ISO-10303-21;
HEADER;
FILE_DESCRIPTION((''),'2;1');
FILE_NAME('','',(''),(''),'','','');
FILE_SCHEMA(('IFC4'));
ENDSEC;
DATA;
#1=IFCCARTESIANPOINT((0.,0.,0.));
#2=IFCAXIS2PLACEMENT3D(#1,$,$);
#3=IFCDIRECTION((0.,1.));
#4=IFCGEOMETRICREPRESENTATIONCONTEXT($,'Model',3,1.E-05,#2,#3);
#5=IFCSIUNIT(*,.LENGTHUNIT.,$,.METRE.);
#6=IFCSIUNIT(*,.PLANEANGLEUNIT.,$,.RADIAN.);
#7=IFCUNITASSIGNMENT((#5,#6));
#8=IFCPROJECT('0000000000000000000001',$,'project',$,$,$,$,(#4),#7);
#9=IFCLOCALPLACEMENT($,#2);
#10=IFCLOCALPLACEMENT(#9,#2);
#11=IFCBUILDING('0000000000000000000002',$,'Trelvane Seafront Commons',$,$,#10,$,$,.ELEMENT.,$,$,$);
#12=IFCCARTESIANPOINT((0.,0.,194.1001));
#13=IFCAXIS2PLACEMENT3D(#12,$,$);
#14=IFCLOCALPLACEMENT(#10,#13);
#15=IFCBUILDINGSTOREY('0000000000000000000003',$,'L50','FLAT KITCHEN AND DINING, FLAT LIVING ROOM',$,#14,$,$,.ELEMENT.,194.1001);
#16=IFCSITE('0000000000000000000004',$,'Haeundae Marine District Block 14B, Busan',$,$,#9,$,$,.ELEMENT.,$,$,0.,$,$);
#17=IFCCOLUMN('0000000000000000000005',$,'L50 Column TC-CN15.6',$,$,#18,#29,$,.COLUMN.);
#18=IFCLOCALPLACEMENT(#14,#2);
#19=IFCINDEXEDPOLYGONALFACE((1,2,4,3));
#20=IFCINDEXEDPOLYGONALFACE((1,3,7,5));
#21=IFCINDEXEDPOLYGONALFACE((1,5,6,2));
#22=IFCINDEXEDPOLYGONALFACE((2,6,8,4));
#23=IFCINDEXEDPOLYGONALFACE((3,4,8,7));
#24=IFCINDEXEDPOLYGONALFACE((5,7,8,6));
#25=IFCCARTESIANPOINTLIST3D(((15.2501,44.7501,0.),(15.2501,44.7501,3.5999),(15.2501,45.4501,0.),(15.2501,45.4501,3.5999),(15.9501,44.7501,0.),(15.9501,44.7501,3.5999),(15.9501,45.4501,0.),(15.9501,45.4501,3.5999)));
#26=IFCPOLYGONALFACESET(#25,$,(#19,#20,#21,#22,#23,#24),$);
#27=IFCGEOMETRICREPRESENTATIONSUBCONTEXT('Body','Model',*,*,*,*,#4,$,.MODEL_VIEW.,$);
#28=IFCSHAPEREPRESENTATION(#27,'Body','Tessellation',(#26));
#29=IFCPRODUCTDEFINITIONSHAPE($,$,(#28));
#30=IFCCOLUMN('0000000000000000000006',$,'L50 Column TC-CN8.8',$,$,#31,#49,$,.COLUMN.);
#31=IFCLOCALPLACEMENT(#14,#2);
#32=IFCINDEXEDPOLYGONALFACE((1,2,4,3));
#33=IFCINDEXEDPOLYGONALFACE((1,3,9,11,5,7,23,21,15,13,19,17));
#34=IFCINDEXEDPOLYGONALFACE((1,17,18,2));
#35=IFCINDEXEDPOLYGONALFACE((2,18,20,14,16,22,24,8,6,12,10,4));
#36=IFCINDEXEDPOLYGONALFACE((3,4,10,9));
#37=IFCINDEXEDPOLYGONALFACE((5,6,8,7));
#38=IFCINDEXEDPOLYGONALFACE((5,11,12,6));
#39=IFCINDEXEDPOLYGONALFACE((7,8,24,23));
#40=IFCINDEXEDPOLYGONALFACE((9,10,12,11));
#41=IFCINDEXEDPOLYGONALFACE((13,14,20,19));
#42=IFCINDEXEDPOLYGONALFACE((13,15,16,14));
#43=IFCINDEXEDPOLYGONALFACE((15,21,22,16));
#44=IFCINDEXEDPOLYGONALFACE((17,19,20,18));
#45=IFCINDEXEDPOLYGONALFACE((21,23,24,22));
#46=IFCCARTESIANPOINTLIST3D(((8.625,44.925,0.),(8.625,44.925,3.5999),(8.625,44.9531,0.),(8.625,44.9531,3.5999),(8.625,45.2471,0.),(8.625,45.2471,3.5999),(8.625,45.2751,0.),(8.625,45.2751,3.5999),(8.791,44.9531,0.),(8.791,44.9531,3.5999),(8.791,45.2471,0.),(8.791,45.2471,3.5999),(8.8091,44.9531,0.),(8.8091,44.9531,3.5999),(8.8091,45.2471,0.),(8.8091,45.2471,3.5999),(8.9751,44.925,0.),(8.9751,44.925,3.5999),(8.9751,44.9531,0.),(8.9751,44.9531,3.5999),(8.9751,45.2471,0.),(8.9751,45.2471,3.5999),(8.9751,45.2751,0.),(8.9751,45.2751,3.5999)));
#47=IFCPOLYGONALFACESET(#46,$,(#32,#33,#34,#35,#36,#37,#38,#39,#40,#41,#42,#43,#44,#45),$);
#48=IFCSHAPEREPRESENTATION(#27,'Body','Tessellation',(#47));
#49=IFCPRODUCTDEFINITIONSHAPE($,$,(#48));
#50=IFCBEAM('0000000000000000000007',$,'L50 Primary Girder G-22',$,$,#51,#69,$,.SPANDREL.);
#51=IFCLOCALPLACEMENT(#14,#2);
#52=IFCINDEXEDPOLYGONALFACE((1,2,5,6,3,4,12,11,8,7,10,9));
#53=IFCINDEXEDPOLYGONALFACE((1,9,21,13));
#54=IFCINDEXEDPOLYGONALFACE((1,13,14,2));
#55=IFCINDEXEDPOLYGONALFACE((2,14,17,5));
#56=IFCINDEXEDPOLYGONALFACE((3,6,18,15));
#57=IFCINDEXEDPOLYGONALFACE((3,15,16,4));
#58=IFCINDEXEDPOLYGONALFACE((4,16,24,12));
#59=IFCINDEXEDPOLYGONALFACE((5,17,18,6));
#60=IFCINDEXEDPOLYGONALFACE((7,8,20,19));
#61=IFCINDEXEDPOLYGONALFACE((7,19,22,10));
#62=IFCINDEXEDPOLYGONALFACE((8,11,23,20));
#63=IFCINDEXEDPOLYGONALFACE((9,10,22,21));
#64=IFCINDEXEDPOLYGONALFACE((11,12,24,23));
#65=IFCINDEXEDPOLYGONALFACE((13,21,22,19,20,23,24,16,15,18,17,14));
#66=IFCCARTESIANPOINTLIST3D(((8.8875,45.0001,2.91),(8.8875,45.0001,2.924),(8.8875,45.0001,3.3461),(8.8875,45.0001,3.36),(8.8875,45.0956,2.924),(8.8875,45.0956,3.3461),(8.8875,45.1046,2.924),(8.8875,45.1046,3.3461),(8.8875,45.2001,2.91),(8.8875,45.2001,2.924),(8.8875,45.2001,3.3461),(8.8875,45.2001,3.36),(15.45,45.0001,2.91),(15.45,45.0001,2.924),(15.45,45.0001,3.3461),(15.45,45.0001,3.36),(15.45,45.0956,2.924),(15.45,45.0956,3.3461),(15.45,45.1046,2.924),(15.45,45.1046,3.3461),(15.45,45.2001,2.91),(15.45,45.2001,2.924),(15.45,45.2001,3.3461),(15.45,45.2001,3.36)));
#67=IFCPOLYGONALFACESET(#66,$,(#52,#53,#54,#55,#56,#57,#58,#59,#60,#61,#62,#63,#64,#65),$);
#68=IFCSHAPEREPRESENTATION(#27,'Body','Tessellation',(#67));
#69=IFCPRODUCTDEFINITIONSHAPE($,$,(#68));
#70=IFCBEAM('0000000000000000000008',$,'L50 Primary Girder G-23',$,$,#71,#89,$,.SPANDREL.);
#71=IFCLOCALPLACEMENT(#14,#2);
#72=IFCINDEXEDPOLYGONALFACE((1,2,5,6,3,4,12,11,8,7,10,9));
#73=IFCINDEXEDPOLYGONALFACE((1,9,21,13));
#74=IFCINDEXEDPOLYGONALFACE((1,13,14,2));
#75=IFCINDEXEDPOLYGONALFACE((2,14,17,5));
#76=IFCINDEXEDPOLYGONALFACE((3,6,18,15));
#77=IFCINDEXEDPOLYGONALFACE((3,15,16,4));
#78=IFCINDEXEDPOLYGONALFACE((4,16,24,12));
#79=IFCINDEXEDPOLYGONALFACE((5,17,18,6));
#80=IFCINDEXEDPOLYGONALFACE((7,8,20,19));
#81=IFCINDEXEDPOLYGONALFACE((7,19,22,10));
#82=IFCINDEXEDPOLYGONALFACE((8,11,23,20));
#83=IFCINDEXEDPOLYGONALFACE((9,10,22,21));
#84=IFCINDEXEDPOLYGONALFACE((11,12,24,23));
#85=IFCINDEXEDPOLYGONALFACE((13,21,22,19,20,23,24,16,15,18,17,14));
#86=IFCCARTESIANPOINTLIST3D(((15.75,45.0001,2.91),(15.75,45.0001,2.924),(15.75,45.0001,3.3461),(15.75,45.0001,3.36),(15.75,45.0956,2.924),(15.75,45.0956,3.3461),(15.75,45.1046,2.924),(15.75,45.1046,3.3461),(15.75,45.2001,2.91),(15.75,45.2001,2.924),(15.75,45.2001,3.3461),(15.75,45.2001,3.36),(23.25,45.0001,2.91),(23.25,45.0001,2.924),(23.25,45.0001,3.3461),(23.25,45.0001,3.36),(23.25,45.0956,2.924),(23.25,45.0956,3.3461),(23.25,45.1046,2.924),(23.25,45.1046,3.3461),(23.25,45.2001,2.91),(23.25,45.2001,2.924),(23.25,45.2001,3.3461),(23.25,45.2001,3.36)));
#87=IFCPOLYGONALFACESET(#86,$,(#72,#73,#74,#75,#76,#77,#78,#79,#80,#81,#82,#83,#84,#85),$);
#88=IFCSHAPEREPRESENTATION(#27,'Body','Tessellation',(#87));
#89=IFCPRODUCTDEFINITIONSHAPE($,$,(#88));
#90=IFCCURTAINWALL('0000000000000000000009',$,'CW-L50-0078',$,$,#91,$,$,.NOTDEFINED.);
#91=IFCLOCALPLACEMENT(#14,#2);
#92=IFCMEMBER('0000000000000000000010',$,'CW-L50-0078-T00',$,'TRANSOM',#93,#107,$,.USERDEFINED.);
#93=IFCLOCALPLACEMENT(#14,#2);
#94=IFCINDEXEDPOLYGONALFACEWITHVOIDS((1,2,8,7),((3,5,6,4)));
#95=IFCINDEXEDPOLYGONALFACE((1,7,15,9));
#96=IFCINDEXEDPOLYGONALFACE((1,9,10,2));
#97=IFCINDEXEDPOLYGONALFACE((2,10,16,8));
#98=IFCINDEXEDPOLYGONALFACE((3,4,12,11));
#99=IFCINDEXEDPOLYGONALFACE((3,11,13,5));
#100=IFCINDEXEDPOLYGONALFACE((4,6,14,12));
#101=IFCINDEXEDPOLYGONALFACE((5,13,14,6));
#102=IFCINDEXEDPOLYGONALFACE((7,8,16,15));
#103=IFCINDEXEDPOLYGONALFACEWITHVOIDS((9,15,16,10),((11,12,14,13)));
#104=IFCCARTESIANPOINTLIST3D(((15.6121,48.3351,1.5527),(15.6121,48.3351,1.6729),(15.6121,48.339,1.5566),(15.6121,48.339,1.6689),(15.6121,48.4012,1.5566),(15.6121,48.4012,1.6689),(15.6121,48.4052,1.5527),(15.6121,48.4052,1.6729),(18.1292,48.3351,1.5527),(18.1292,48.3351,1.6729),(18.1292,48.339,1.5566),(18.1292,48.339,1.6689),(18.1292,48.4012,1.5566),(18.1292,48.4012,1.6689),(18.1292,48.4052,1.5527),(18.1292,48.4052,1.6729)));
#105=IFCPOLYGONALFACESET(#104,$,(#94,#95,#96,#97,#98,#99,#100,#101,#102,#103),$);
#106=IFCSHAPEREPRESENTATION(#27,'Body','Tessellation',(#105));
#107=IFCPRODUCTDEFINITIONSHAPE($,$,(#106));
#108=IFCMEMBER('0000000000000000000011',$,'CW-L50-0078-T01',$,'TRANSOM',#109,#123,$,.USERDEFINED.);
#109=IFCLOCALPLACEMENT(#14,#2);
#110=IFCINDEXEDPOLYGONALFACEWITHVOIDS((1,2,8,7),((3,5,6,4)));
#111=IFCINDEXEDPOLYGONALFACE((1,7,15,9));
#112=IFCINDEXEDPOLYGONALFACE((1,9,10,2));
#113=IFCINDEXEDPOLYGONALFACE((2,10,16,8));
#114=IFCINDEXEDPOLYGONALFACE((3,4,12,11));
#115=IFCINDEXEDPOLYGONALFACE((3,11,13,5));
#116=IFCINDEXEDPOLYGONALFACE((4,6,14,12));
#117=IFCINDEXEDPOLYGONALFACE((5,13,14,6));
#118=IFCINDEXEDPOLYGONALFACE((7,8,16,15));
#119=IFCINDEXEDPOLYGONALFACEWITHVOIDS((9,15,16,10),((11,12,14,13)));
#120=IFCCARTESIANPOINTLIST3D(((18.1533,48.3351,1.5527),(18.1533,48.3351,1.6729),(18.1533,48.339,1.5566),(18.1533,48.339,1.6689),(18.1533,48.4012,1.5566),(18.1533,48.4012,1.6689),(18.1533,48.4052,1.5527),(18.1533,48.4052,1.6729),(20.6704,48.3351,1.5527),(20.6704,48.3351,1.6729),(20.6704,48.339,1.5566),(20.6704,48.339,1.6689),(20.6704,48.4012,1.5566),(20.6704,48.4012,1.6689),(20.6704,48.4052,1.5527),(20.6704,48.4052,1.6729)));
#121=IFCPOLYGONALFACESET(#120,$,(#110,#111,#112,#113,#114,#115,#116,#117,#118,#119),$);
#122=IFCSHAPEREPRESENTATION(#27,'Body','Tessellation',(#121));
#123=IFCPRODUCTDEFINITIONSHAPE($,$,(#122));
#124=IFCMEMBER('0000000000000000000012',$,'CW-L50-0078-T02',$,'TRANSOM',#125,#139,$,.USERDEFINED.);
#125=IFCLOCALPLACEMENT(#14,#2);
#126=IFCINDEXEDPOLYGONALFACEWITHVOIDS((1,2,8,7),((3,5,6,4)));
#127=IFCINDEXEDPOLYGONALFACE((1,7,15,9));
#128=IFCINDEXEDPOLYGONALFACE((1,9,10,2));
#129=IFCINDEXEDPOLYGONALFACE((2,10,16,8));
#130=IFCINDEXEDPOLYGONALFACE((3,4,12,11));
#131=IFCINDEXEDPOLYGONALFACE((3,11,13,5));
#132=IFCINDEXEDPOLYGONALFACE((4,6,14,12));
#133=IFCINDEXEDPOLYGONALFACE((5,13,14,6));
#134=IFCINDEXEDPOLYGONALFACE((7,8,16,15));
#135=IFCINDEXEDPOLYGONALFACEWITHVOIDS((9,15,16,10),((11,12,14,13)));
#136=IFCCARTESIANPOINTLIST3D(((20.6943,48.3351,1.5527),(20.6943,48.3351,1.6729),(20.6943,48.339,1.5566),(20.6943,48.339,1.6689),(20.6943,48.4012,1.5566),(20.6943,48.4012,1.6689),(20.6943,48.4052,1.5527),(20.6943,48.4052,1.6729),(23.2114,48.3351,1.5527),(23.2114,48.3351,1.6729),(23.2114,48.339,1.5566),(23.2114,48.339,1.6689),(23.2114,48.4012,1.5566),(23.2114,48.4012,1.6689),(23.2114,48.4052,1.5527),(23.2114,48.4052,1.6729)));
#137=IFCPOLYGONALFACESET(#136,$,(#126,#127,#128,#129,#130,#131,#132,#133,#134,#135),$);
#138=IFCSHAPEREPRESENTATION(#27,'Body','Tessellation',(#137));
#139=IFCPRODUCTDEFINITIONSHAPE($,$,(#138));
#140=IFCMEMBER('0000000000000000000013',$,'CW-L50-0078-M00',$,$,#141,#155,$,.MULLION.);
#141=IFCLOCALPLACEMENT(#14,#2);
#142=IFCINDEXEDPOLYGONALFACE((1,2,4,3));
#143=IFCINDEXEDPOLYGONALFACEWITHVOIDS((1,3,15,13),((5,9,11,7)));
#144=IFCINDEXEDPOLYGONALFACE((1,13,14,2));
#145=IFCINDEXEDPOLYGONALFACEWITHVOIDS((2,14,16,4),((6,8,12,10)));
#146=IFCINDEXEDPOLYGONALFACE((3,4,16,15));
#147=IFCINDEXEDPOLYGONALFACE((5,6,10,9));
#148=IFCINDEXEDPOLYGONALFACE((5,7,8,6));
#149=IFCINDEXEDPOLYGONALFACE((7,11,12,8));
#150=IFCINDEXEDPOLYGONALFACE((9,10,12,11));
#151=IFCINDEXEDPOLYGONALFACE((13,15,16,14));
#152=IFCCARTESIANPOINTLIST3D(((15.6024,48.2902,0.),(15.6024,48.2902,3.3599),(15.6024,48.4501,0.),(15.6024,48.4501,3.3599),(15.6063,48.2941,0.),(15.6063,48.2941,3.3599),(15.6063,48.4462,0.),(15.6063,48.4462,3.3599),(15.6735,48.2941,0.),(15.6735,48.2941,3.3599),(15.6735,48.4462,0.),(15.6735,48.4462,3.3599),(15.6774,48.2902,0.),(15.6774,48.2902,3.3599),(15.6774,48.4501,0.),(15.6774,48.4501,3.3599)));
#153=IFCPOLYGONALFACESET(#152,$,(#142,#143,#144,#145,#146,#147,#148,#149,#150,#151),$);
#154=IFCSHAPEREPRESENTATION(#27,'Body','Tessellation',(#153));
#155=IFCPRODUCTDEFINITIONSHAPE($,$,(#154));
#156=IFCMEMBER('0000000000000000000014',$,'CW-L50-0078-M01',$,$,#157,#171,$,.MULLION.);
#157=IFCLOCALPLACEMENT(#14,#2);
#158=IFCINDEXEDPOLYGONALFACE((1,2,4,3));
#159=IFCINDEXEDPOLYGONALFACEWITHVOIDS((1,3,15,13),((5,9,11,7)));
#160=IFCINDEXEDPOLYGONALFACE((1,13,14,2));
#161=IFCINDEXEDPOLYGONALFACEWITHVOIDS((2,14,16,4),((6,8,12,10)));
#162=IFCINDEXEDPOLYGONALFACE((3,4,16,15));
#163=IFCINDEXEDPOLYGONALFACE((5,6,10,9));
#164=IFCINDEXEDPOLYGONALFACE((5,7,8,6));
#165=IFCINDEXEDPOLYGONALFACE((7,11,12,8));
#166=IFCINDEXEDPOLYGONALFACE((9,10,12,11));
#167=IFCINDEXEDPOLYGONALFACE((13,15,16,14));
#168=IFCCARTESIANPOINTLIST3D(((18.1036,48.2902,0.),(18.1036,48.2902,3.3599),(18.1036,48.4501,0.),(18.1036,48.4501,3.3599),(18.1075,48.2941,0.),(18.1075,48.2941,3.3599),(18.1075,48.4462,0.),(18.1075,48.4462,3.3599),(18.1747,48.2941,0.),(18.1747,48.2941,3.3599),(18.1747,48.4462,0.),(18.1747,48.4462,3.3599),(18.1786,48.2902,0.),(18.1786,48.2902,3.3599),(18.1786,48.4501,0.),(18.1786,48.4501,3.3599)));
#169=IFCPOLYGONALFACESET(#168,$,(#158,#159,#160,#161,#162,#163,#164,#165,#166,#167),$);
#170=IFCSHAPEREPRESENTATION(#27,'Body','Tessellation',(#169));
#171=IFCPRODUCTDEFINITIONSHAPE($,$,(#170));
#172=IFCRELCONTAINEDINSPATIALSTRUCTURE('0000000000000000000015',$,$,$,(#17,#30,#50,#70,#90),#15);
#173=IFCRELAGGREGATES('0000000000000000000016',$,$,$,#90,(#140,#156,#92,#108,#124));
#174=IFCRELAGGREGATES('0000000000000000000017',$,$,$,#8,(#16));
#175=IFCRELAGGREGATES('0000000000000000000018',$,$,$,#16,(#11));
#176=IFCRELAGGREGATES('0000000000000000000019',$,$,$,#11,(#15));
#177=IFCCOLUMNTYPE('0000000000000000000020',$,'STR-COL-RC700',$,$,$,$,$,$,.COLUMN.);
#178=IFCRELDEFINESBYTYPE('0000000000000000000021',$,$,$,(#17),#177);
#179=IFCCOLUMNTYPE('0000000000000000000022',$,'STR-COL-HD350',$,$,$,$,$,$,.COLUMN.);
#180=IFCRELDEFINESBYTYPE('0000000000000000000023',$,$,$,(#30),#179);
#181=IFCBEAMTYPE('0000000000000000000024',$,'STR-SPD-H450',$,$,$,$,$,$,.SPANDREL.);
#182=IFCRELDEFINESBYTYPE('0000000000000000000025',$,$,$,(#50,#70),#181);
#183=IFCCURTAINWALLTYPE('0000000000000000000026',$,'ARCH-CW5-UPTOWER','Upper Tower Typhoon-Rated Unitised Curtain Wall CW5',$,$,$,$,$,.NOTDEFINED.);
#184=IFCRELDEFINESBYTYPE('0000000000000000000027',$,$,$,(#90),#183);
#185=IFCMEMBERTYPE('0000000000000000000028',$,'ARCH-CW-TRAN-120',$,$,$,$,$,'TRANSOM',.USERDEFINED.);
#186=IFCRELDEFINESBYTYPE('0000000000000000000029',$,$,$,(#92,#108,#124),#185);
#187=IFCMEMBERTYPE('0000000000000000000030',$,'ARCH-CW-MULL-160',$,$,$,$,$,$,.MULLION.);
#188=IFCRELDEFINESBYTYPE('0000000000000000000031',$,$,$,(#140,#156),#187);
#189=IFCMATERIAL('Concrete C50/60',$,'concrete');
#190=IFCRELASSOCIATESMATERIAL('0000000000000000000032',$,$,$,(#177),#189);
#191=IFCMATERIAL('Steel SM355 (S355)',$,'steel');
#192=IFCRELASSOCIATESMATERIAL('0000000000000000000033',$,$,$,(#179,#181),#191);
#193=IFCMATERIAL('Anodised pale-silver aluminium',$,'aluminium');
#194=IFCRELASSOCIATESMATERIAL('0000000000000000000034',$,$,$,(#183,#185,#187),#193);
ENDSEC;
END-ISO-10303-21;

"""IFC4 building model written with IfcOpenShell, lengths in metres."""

from ifc_helpers import new_model, si_unit, direction, frame, origin, origin_2d, place, context, subcontext, project, spatial, rectangle, hollow_rectangle, i_section, extrude, source, transform, mapped, material, material_profile, profile_set, type_object, element, aggregate, save


model = new_model("IFC4")

# Units and contexts
model_context = context("Model", 3, precision=1e-05, world=origin(), true_north=direction((0.0, 1.0)))
body_context = subcontext(model_context, "Body", "Model", "MODEL_VIEW")
ifc_project = project(units=[si_unit("LENGTHUNIT", "METRE"), si_unit("PLANEANGLEUNIT", "RADIAN")], contexts=[model_context])

# Site, building, storey
site_placement = place(None, origin())
site = spatial("IfcSite", under=ifc_project, at=site_placement, Name="Haeundae Marine District Block 14B, Busan", CompositionType="ELEMENT", RefElevation=0.0)
building_placement = place(site_placement, origin())
building = spatial("IfcBuilding", under=site, at=building_placement, Name="Trelvane Seafront Commons", CompositionType="ELEMENT")
storey_placement = place(building_placement, frame((0.0, 0.0, 194.1001)))
storey = spatial("IfcBuildingStorey", under=building, at=storey_placement, Name="L50", Description="FLAT KITCHEN AND DINING, FLAT LIVING ROOM", CompositionType="ELEMENT", Elevation=194.1001)

# Columns
ifc_material_1 = material(Name="Concrete C50/60", Category="concrete")
ifc_material_profile_1 = material_profile(ifc_material_1, rectangle(XDim=0.7, YDim=0.7, at=origin_2d()), Name="RC-700x700")
ifc_profile_set_1 = profile_set([ifc_material_profile_1], Name="Concrete C50/60")
column_type_1 = type_object("IfcColumnType", Name="STR-COL-RC700", PredefinedType="COLUMN", material=ifc_profile_set_1)
shared_shape_1 = source(origin(), body_context, "Body", "SweptSolid", [
    extrude(rectangle(XDim=0.7, YDim=0.7, at=origin_2d()), origin(), (0.0, 0.0, 1.0), 3.5999),
])
column_1_placement = place(storey_placement, frame((15.6001, 45.1001, 0.0), z_axis=(0.0, 0.0, 1.0), x_axis=(1.0, 0.0, 0.0)))
element("IfcColumn", 1, at=column_1_placement, inside=storey, type_object=column_type_1, Name="L50 Column TC-CN15.6", PredefinedType="COLUMN", context=body_context, shape_type="MappedRepresentation", body=[
    mapped(shared_shape_1, transform((0.0, 0.0, 0.0), x_axis=(1.0, 0.0, 0.0), y_axis=(0.0, 1.0, 0.0), z_axis=(0.0, 0.0, 1.0), scale=1.0)),
])
ifc_material_2 = material(Name="Steel SM355 (S355)", Category="steel")
ifc_material_profile_2 = material_profile(ifc_material_2, i_section(OverallWidth=0.3501, OverallDepth=0.3501, WebThickness=0.0181, FlangeThickness=0.0281, at=origin_2d()), Name="HD-350x350x18x28")
ifc_profile_set_2 = profile_set([ifc_material_profile_2], Name="Steel SM355 (S355)")
column_type_2 = type_object("IfcColumnType", Name="STR-COL-HD350", PredefinedType="COLUMN", material=ifc_profile_set_2)
shared_shape_2 = source(origin(), body_context, "Body", "SweptSolid", [
    extrude(i_section(OverallWidth=0.3501, OverallDepth=0.3501, WebThickness=0.0181, FlangeThickness=0.0281, at=origin_2d()), origin(), (0.0, 0.0, 1.0), 3.5999),
])
column_2_placement = place(storey_placement, frame((8.8, 45.1001, 0.0), z_axis=(0.0, 0.0, 1.0), x_axis=(1.0, 0.0, 0.0)))
element("IfcColumn", 2, at=column_2_placement, inside=storey, type_object=column_type_2, Name="L50 Column TC-CN8.8", PredefinedType="COLUMN", context=body_context, shape_type="MappedRepresentation", body=[
    mapped(shared_shape_2, transform((0.0, 0.0, 0.0), x_axis=(1.0, 0.0, 0.0), y_axis=(0.0, 1.0, 0.0), z_axis=(0.0, 0.0, 1.0), scale=1.0)),
])

# Beams
ifc_material_profile_3 = material_profile(ifc_material_2, i_section(OverallWidth=0.2, OverallDepth=0.45, WebThickness=0.009, FlangeThickness=0.0139, at=origin_2d()), Name="H-450x200x9x14")
ifc_profile_set_3 = profile_set([ifc_material_profile_3], Name="Steel SM355 (S355)")
beam_type = type_object("IfcBeamType", Name="STR-SPD-H450", PredefinedType="SPANDREL", material=ifc_profile_set_3)
shared_shape_3 = source(origin(), body_context, "Body", "SweptSolid", [
    extrude(i_section(OverallWidth=0.2, OverallDepth=0.45, WebThickness=0.009, FlangeThickness=0.0139, at=origin_2d()), origin(), (0.0, 0.0, 1.0), 6.5625),
])
beam_1_placement = place(storey_placement, frame((8.8875, 45.1001, 3.135), z_axis=(1.0, 0.0, 0.0), x_axis=(0.0, 1.0, 0.0)))
element("IfcBeam", 3, at=beam_1_placement, inside=storey, type_object=beam_type, Name="L50 Primary Girder G-22", PredefinedType="SPANDREL", context=body_context, shape_type="MappedRepresentation", body=[
    mapped(shared_shape_3, transform((0.0, 0.0, 0.0), x_axis=(1.0, 0.0, 0.0), y_axis=(0.0, 1.0, 0.0), z_axis=(0.0, 0.0, 1.0), scale=1.0)),
])
shared_shape_4 = source(origin(), body_context, "Body", "SweptSolid", [
    extrude(i_section(OverallWidth=0.2, OverallDepth=0.45, WebThickness=0.009, FlangeThickness=0.0139, at=origin_2d()), origin(), (0.0, 0.0, 1.0), 7.5),
])
beam_2_placement = place(storey_placement, frame((15.75, 45.1001, 3.135), z_axis=(1.0, 0.0, 0.0), x_axis=(0.0, 1.0, 0.0)))
element("IfcBeam", 4, at=beam_2_placement, inside=storey, type_object=beam_type, Name="L50 Primary Girder G-23", PredefinedType="SPANDREL", context=body_context, shape_type="MappedRepresentation", body=[
    mapped(shared_shape_4, transform((0.0, 0.0, 0.0), x_axis=(1.0, 0.0, 0.0), y_axis=(0.0, 1.0, 0.0), z_axis=(0.0, 0.0, 1.0), scale=1.0)),
])

# Curtain wall, members
ifc_material_3 = material(Name="Anodised pale-silver aluminium", Category="aluminium")
curtain_wall_type = type_object("IfcCurtainWallType", Name="ARCH-CW5-UPTOWER", Description="Upper Tower Typhoon-Rated Unitised Curtain Wall CW5", PredefinedType="NOTDEFINED", material=ifc_material_3)
curtain_wall_placement = place(storey_placement, origin())
curtain_wall = element("IfcCurtainWall", 5, at=curtain_wall_placement, inside=storey, type_object=curtain_wall_type, Name="CW-L50-0078", PredefinedType="NOTDEFINED")
ifc_material_profile_4 = material_profile(ifc_material_3, hollow_rectangle(XDim=0.0701, YDim=0.1201, WallThickness=0.0039, at=origin_2d()), Name="TRAN-70x120x4")
ifc_profile_set_4 = profile_set([ifc_material_profile_4], Name="Anodised pale-silver aluminium")
member_type_1 = type_object("IfcMemberType", Name="ARCH-CW-TRAN-120", ElementType="TRANSOM", PredefinedType="USERDEFINED", material=ifc_profile_set_4)
shared_shape_5 = source(origin(), body_context, "Body", "SweptSolid", [
    extrude(hollow_rectangle(XDim=0.0701, YDim=0.1201, WallThickness=0.0039, at=origin_2d()), origin(), (0.0, 0.0, 1.0), 2.5171),
])
member_1_placement = place(storey_placement, frame((15.6121, 48.3701, 1.6128), z_axis=(1.0, 0.0, 0.0), x_axis=(0.0, 1.0, 0.0)))
member_1 = element("IfcMember", 6, at=member_1_placement, type_object=member_type_1, Name="CW-L50-0078-T00", ObjectType="TRANSOM", PredefinedType="USERDEFINED", context=body_context, shape_type="MappedRepresentation", body=[
    mapped(shared_shape_5, transform((0.0, 0.0, 0.0), x_axis=(1.0, 0.0, 0.0), y_axis=(0.0, 1.0, 0.0), z_axis=(0.0, 0.0, 1.0), scale=1.0)),
])
member_2_placement = place(storey_placement, frame((18.1533, 48.3701, 1.6128), z_axis=(1.0, 0.0, 0.0), x_axis=(0.0, 1.0, 0.0)))
member_2 = element("IfcMember", 7, at=member_2_placement, type_object=member_type_1, Name="CW-L50-0078-T01", ObjectType="TRANSOM", PredefinedType="USERDEFINED", context=body_context, shape_type="MappedRepresentation", body=[
    mapped(shared_shape_5, transform((0.0, 0.0, 0.0), x_axis=(1.0, 0.0, 0.0), y_axis=(0.0, 1.0, 0.0), z_axis=(0.0, 0.0, 1.0), scale=1.0)),
])
member_3_placement = place(storey_placement, frame((20.6943, 48.3701, 1.6128), z_axis=(1.0, 0.0, 0.0), x_axis=(0.0, 1.0, 0.0)))
member_3 = element("IfcMember", 8, at=member_3_placement, type_object=member_type_1, Name="CW-L50-0078-T02", ObjectType="TRANSOM", PredefinedType="USERDEFINED", context=body_context, shape_type="MappedRepresentation", body=[
    mapped(shared_shape_5, transform((0.0, 0.0, 0.0), x_axis=(1.0, 0.0, 0.0), y_axis=(0.0, 1.0, 0.0), z_axis=(0.0, 0.0, 1.0), scale=1.0)),
])
ifc_material_profile_5 = material_profile(ifc_material_3, hollow_rectangle(XDim=0.075, YDim=0.1599, WallThickness=0.0039, at=origin_2d()), Name="MULL-75x160x4")
ifc_profile_set_5 = profile_set([ifc_material_profile_5], Name="Anodised pale-silver aluminium")
member_type_2 = type_object("IfcMemberType", Name="ARCH-CW-MULL-160", PredefinedType="MULLION", material=ifc_profile_set_5)
shared_shape_6 = source(origin(), body_context, "Body", "SweptSolid", [
    extrude(hollow_rectangle(XDim=0.075, YDim=0.1599, WallThickness=0.0039, at=origin_2d()), origin(), (0.0, 0.0, 1.0), 3.3599),
])
member_4_placement = place(storey_placement, frame((15.6399, 48.3701, 0.0), z_axis=(0.0, 0.0, 1.0), x_axis=(1.0, 0.0, 0.0)))
member_4 = element("IfcMember", 9, at=member_4_placement, type_object=member_type_2, Name="CW-L50-0078-M00", PredefinedType="MULLION", context=body_context, shape_type="MappedRepresentation", body=[
    mapped(shared_shape_6, transform((0.0, 0.0, 0.0), x_axis=(1.0, 0.0, 0.0), y_axis=(0.0, 1.0, 0.0), z_axis=(0.0, 0.0, 1.0), scale=1.0)),
])
member_5_placement = place(storey_placement, frame((18.1411, 48.3701, 0.0), z_axis=(0.0, 0.0, 1.0), x_axis=(1.0, 0.0, 0.0)))
member_5 = element("IfcMember", 10, at=member_5_placement, type_object=member_type_2, Name="CW-L50-0078-M01", PredefinedType="MULLION", context=body_context, shape_type="MappedRepresentation", body=[
    mapped(shared_shape_6, transform((0.0, 0.0, 0.0), x_axis=(1.0, 0.0, 0.0), y_axis=(0.0, 1.0, 0.0), z_axis=(0.0, 0.0, 1.0), scale=1.0)),
])

aggregate(curtain_wall, [member_4, member_5, member_1, member_2, member_3])

save(model, "model.ifc")
